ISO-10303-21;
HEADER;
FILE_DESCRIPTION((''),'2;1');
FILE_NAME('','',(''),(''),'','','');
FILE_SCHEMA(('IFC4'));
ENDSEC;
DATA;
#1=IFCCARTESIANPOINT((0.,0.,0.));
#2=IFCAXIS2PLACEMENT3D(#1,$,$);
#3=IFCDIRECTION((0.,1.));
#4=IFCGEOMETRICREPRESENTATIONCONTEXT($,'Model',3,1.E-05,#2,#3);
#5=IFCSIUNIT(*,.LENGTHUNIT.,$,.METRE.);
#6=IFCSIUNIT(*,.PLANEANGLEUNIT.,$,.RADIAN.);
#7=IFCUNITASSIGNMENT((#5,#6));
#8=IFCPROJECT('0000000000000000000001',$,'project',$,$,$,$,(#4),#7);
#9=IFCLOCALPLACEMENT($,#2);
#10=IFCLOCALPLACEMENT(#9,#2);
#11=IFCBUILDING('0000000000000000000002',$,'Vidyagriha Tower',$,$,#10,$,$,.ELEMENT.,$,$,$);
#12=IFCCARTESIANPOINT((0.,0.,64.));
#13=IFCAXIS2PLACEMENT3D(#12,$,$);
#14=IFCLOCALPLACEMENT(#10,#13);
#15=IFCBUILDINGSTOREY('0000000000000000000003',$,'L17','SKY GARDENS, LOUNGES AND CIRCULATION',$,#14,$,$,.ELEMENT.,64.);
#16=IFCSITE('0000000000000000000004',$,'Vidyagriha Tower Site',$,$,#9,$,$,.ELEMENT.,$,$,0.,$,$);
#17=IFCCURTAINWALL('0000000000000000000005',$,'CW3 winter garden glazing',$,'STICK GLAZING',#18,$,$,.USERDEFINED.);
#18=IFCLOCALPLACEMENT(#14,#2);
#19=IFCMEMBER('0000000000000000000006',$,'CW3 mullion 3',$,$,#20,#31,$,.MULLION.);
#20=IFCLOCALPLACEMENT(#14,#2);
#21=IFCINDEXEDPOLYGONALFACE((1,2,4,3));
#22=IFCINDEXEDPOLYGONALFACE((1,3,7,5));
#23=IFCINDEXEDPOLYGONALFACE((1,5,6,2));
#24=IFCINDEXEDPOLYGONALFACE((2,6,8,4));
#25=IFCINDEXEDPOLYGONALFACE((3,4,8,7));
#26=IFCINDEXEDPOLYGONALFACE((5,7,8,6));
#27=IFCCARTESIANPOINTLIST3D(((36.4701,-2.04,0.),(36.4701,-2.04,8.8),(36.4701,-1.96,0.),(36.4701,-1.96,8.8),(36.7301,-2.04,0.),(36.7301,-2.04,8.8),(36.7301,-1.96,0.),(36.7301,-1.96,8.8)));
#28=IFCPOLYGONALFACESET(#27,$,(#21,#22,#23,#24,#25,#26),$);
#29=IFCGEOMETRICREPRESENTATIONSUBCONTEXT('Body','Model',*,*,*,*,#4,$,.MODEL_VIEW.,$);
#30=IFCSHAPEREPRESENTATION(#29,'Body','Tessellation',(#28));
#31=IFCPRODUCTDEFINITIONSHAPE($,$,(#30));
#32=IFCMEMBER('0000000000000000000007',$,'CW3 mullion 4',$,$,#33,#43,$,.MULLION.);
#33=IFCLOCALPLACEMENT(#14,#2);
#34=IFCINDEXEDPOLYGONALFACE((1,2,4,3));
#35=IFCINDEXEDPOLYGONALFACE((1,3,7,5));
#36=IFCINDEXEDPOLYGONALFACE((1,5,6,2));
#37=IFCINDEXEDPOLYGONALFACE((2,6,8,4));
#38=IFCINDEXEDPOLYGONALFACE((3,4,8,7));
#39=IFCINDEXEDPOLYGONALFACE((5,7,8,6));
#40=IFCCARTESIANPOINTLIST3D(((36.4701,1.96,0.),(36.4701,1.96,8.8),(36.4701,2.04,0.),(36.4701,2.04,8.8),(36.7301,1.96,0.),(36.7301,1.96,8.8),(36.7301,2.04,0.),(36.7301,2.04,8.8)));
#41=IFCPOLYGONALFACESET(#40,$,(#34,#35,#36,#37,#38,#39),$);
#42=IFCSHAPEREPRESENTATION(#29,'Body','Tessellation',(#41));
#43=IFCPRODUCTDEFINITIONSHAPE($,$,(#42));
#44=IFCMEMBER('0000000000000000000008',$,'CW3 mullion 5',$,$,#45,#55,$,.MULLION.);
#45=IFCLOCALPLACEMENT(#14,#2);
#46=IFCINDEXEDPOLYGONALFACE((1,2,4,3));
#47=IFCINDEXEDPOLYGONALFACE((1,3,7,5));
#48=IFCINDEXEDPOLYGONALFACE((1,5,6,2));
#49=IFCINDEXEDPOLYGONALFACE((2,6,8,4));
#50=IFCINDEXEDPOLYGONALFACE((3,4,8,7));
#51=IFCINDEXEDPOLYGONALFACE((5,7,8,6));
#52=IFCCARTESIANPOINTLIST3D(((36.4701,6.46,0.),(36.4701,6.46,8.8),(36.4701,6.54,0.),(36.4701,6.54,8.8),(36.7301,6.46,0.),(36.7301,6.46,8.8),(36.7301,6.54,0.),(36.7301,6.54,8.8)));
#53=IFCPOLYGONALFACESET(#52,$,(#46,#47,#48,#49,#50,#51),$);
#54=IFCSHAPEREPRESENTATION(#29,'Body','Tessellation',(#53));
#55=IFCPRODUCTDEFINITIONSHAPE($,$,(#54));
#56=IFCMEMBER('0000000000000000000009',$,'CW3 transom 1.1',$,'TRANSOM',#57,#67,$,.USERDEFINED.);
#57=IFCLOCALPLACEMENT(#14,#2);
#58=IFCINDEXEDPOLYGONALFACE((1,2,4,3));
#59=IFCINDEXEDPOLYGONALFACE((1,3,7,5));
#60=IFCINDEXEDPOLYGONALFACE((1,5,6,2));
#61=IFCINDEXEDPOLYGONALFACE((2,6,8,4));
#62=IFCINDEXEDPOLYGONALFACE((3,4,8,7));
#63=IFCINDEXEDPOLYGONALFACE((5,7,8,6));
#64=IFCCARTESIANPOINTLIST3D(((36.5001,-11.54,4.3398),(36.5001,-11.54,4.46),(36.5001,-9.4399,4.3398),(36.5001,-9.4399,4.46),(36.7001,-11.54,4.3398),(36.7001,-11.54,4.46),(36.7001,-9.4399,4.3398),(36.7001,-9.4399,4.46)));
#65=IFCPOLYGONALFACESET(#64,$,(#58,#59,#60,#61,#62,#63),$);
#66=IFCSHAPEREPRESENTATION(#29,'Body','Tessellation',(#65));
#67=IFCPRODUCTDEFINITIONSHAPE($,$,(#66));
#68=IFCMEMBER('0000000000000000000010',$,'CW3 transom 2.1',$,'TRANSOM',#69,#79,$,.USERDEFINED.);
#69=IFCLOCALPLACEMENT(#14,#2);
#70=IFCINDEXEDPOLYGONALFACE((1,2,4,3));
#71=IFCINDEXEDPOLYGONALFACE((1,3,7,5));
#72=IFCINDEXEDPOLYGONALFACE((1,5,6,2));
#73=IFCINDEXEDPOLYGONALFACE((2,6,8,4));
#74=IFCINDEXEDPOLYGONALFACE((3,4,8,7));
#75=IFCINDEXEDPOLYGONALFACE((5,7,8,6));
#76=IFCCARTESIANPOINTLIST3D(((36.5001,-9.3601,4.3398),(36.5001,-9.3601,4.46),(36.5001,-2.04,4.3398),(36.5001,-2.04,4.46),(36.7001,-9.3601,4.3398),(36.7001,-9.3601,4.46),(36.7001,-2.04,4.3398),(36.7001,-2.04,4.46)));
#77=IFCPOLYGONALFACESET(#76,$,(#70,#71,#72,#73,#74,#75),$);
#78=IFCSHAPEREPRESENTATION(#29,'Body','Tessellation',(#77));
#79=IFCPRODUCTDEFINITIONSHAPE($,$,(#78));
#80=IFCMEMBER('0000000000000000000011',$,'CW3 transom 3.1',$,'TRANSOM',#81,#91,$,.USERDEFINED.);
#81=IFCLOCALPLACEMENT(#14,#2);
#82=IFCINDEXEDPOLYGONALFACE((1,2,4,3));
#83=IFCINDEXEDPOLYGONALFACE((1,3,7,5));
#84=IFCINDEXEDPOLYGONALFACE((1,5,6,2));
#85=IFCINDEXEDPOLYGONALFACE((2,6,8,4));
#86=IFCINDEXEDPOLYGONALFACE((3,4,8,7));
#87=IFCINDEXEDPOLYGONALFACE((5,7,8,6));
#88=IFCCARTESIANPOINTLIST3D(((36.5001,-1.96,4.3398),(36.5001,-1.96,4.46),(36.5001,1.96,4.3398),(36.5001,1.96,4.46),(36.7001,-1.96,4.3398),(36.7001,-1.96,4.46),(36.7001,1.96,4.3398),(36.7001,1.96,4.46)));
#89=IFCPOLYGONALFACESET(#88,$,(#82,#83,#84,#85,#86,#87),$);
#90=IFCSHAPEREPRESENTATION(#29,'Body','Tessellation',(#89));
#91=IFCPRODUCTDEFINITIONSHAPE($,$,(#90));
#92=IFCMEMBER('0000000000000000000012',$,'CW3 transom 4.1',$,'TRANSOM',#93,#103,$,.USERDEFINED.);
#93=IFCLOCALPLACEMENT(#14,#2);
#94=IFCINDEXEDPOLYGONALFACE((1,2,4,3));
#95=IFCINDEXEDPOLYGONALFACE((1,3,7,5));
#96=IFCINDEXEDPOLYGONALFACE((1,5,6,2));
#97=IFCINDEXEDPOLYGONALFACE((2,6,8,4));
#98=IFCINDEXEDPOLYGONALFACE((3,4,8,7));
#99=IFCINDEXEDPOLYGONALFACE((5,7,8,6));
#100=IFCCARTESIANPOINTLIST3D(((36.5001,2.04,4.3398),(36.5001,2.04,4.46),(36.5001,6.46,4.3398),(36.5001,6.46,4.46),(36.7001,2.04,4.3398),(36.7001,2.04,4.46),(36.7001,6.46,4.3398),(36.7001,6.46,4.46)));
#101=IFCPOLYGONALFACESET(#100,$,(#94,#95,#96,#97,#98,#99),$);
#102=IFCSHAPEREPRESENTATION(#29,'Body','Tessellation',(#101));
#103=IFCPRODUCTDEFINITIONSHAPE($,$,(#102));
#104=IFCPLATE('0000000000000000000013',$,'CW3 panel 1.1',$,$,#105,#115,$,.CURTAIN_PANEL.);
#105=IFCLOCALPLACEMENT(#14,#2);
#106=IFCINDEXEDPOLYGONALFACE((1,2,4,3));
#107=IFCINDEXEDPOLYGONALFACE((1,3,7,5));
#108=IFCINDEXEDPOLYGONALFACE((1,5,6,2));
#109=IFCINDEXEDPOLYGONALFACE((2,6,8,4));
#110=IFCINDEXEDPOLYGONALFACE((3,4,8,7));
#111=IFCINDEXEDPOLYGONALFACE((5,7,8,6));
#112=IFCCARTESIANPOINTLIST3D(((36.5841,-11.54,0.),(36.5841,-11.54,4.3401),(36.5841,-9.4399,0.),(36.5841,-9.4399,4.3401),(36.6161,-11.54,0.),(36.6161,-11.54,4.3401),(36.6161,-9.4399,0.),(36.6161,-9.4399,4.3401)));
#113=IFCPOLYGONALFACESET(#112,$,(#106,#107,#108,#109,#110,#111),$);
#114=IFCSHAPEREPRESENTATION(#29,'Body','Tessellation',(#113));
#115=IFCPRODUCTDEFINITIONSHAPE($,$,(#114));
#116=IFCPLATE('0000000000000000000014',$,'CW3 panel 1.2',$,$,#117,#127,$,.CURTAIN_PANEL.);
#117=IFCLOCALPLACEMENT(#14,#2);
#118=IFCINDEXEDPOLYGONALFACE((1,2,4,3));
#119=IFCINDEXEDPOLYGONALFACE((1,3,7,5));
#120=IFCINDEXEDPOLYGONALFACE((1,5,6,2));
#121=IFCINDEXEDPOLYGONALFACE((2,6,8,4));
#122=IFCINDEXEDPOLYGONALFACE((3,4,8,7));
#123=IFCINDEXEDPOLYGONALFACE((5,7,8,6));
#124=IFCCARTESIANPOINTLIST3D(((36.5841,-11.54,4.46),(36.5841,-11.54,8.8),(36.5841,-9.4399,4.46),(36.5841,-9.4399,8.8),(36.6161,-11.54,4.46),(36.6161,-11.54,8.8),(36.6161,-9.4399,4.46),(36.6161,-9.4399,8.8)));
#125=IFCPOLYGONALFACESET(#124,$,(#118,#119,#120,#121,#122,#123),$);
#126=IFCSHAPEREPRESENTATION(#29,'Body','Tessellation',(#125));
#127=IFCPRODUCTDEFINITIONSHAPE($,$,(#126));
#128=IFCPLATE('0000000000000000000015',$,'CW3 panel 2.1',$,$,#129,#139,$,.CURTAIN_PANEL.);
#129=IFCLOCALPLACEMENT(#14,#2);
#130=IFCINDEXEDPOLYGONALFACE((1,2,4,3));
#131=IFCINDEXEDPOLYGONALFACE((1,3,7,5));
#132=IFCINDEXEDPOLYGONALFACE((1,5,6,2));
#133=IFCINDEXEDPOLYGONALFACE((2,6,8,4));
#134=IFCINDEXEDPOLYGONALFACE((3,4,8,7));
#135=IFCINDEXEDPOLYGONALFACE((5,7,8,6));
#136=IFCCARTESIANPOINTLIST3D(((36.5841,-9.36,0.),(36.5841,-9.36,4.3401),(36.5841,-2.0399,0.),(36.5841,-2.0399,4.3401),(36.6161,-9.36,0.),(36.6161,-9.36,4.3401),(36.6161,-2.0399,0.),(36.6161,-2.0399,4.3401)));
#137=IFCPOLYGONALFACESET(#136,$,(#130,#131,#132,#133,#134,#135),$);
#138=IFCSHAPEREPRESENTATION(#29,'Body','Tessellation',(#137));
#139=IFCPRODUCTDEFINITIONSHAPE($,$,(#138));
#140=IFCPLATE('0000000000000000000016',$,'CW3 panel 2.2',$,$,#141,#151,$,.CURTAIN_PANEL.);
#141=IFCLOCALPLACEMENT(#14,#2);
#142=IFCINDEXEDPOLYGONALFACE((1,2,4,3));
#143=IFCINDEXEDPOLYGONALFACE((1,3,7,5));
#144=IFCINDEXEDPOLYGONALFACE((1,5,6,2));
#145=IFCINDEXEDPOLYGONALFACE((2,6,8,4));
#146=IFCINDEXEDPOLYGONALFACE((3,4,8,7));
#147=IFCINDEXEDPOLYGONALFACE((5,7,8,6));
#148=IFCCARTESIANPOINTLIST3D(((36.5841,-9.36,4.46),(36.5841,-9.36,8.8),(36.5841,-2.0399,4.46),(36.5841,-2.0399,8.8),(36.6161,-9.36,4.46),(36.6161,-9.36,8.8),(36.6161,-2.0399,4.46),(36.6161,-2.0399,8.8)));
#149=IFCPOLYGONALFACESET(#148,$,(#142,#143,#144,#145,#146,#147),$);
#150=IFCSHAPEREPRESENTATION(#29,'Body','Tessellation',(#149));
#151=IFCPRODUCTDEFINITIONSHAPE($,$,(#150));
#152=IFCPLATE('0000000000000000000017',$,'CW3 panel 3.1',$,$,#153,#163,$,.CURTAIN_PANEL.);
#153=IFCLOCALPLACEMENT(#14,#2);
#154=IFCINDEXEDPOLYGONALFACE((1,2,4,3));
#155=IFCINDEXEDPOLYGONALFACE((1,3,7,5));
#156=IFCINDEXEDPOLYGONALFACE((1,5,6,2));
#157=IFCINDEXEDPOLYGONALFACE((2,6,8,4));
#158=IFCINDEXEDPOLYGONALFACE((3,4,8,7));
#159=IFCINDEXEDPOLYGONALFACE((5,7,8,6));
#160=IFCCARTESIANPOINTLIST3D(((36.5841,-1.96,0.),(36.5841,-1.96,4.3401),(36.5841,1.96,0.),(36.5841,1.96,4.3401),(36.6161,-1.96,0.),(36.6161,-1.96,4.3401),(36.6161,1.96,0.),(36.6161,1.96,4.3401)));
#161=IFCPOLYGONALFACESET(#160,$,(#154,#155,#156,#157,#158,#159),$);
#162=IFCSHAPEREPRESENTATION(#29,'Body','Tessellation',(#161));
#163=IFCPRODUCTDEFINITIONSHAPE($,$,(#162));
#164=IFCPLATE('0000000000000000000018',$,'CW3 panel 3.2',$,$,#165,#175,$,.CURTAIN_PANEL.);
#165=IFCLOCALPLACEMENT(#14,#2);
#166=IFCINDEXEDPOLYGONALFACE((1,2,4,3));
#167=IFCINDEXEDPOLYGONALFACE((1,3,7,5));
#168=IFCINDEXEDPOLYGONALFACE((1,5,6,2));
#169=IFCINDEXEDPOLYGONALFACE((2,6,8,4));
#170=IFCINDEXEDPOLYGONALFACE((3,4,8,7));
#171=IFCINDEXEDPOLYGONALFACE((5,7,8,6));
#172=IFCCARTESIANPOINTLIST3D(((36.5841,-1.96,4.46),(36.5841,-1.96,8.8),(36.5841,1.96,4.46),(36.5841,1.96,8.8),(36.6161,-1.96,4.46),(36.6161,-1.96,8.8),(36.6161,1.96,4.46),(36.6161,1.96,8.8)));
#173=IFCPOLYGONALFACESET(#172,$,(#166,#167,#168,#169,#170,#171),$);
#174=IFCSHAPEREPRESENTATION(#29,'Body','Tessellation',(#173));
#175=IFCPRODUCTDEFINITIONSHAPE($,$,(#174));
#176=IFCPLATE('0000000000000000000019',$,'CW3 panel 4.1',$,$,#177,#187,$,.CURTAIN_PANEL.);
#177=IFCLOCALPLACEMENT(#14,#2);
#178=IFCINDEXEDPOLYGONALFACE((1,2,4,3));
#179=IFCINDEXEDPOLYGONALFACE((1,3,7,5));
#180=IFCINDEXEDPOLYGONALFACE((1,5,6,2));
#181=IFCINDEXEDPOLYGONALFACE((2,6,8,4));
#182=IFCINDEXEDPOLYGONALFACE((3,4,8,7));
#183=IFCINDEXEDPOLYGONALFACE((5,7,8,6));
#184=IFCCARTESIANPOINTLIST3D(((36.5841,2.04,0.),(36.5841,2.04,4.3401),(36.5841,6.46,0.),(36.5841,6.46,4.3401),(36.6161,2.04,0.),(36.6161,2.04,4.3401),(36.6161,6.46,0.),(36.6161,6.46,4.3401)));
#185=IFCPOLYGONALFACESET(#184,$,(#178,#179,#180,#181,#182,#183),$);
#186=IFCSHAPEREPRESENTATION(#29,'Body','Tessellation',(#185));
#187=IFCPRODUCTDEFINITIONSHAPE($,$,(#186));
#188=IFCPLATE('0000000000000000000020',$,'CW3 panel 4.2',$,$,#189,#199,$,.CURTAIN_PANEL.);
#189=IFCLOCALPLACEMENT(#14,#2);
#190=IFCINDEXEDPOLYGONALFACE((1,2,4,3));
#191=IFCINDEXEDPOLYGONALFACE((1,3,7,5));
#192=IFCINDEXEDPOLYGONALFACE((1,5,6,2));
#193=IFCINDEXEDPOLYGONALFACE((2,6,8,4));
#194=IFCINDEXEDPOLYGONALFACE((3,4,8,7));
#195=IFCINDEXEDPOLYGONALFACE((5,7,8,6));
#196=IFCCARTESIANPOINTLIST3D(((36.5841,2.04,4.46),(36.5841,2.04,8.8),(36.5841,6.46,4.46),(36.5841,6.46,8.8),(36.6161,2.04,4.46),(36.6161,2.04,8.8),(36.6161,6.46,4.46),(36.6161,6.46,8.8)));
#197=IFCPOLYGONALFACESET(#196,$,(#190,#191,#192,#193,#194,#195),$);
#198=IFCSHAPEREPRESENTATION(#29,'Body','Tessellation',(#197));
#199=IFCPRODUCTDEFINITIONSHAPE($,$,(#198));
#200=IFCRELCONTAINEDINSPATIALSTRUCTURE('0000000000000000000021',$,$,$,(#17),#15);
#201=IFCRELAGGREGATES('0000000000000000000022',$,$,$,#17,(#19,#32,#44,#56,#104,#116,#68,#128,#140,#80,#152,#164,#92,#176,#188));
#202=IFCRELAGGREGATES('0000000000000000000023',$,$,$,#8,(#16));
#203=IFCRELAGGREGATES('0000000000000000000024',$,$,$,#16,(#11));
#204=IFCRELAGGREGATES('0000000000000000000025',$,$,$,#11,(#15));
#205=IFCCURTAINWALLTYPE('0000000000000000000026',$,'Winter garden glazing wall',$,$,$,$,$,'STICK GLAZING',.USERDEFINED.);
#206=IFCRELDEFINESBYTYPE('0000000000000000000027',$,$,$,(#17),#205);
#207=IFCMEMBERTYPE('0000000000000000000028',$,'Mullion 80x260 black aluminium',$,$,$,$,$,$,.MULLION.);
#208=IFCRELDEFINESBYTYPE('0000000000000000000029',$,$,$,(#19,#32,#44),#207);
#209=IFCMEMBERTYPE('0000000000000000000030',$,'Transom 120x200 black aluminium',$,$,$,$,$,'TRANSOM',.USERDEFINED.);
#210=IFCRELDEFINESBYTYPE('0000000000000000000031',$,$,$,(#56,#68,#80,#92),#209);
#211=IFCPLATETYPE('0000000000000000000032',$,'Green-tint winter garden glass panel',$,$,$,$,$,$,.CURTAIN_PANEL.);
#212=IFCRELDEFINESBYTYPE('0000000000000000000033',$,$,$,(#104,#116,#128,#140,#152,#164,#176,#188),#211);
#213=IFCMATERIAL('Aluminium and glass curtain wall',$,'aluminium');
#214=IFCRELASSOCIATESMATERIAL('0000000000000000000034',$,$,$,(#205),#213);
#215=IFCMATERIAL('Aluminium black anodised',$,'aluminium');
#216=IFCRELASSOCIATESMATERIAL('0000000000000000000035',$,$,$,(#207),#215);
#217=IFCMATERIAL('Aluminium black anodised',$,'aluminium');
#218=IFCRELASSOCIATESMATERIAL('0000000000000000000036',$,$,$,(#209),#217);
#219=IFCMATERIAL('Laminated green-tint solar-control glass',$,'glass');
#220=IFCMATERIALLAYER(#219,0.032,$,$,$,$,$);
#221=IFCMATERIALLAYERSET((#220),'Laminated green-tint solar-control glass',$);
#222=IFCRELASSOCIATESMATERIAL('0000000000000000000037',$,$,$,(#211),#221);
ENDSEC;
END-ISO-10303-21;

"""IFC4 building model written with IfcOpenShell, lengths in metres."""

from ifc_helpers import new_model, si_unit, direction, frame, origin, origin_2d, place, context, subcontext, project, spatial, rectangle, extrude, material, layer, layer_set, material_profile, profile_set, type_object, element, aggregate, save


model = new_model("IFC4")

# Units and contexts
model_context = context("Model", 3, precision=1e-05, world=origin(), true_north=direction((0.0, 1.0)))
body_context = subcontext(model_context, "Body", "Model", "MODEL_VIEW")
ifc_project = project(units=[si_unit("LENGTHUNIT", "METRE"), si_unit("PLANEANGLEUNIT", "RADIAN")], contexts=[model_context])

# Site, building, storey
site_placement = place(None, origin())
site = spatial("IfcSite", under=ifc_project, at=site_placement, Name="Vidyagriha Tower Site", CompositionType="ELEMENT", RefElevation=0.0)
building_placement = place(site_placement, origin())
building = spatial("IfcBuilding", under=site, at=building_placement, Name="Vidyagriha Tower", CompositionType="ELEMENT")
storey_placement = place(building_placement, frame((0.0, 0.0, 64.0)))
storey = spatial("IfcBuildingStorey", under=building, at=storey_placement, Name="L17", Description="SKY GARDENS, LOUNGES AND CIRCULATION", CompositionType="ELEMENT", Elevation=64.0)

# Shared definitions
ifc_material_1 = material(Name="Aluminium and glass curtain wall", Category="aluminium")
curtain_wall_type = type_object("IfcCurtainWallType", Name="Winter garden glazing wall", ElementType="STICK GLAZING", PredefinedType="USERDEFINED", material=ifc_material_1)
ifc_material_2 = material(Name="Aluminium black anodised", Category="aluminium")
ifc_material_profile_1 = material_profile(ifc_material_2, rectangle(XDim=0.26, YDim=0.0801, at=origin_2d()), Name="Mullion 80x260 black aluminium")
ifc_profile_set_1 = profile_set([ifc_material_profile_1], Name="Aluminium black anodised")
member_type_1 = type_object("IfcMemberType", Name="Mullion 80x260 black aluminium", PredefinedType="MULLION", material=ifc_profile_set_1)

# Curtain wall, members, plates
curtain_wall_1_placement = place(storey_placement, origin())
curtain_wall_1 = element("IfcCurtainWall", 1, at=curtain_wall_1_placement, inside=storey, type_object=curtain_wall_type, Name="CW3 winter garden glazing", ObjectType="STICK GLAZING", PredefinedType="USERDEFINED")
member_1_placement = place(storey_placement, frame((36.6001, -2.0, 0.0), z_axis=(0.0, 0.0, 1.0), x_axis=(-1.0, 0.0, 0.0)))
member_1 = element("IfcMember", 2, at=member_1_placement, type_object=member_type_1, Name="CW3 mullion 3", PredefinedType="MULLION", context=body_context, shape_type="SweptSolid", body=[
    extrude(rectangle(XDim=0.26, YDim=0.0801, at=origin_2d()), origin(), (0.0, 0.0, 1.0), 8.8),
])
member_2_placement = place(storey_placement, frame((36.6001, 2.0, 0.0), z_axis=(0.0, 0.0, 1.0), x_axis=(-1.0, 0.0, 0.0)))
member_2 = element("IfcMember", 3, at=member_2_placement, type_object=member_type_1, Name="CW3 mullion 4", PredefinedType="MULLION", context=body_context, shape_type="SweptSolid", body=[
    extrude(rectangle(XDim=0.26, YDim=0.0801, at=origin_2d()), origin(), (0.0, 0.0, 1.0), 8.8),
])
member_3_placement = place(storey_placement, frame((36.6001, 6.5, 0.0), z_axis=(0.0, 0.0, 1.0), x_axis=(-1.0, 0.0, 0.0)))
member_3 = element("IfcMember", 4, at=member_3_placement, type_object=member_type_1, Name="CW3 mullion 5", PredefinedType="MULLION", context=body_context, shape_type="SweptSolid", body=[
    extrude(rectangle(XDim=0.26, YDim=0.0801, at=origin_2d()), origin(), (0.0, 0.0, 1.0), 8.8),
])
ifc_material_3 = material(Name="Aluminium black anodised", Category="aluminium")
ifc_material_profile_2 = material_profile(ifc_material_3, rectangle(XDim=0.2, YDim=0.1201, at=origin_2d()), Name="Transom 120x200 black aluminium")
ifc_profile_set_2 = profile_set([ifc_material_profile_2], Name="Aluminium black anodised")
member_type_2 = type_object("IfcMemberType", Name="Transom 120x200 black aluminium", ElementType="TRANSOM", PredefinedType="USERDEFINED", material=ifc_profile_set_2)
member_4_placement = place(storey_placement, frame((36.6001, -11.54, 4.3999), z_axis=(0.0, 1.0, 0.0), x_axis=(-1.0, 0.0, 0.0)))
member_4 = element("IfcMember", 5, at=member_4_placement, type_object=member_type_2, Name="CW3 transom 1.1", ObjectType="TRANSOM", PredefinedType="USERDEFINED", context=body_context, shape_type="SweptSolid", body=[
    extrude(rectangle(XDim=0.2, YDim=0.1201, at=origin_2d()), origin(), (0.0, 0.0, 1.0), 2.1001),
])
member_5_placement = place(storey_placement, frame((36.6001, -9.3601, 4.3999), z_axis=(0.0, 1.0, 0.0), x_axis=(-1.0, 0.0, 0.0)))
member_5 = element("IfcMember", 6, at=member_5_placement, type_object=member_type_2, Name="CW3 transom 2.1", ObjectType="TRANSOM", PredefinedType="USERDEFINED", context=body_context, shape_type="SweptSolid", body=[
    extrude(rectangle(XDim=0.2, YDim=0.1201, at=origin_2d()), origin(), (0.0, 0.0, 1.0), 7.3201),
])
member_6_placement = place(storey_placement, frame((36.6001, -1.96, 4.3999), z_axis=(0.0, 1.0, 0.0), x_axis=(-1.0, 0.0, 0.0)))
member_6 = element("IfcMember", 7, at=member_6_placement, type_object=member_type_2, Name="CW3 transom 3.1", ObjectType="TRANSOM", PredefinedType="USERDEFINED", context=body_context, shape_type="SweptSolid", body=[
    extrude(rectangle(XDim=0.2, YDim=0.1201, at=origin_2d()), origin(), (0.0, 0.0, 1.0), 3.9199),
])
member_7_placement = place(storey_placement, frame((36.6001, 2.04, 4.3999), z_axis=(0.0, 1.0, 0.0), x_axis=(-1.0, 0.0, 0.0)))
member_7 = element("IfcMember", 8, at=member_7_placement, type_object=member_type_2, Name="CW3 transom 4.1", ObjectType="TRANSOM", PredefinedType="USERDEFINED", context=body_context, shape_type="SweptSolid", body=[
    extrude(rectangle(XDim=0.2, YDim=0.1201, at=origin_2d()), origin(), (0.0, 0.0, 1.0), 4.4199),
])
ifc_material_4 = material(Name="Laminated green-tint solar-control glass", Category="glass")
ifc_layer_1 = layer(ifc_material_4, 0.032)
ifc_layer_set_1 = layer_set([ifc_layer_1], Name="Laminated green-tint solar-control glass")
plate_type = type_object("IfcPlateType", Name="Green-tint winter garden glass panel", PredefinedType="CURTAIN_PANEL", material=ifc_layer_set_1)
plate_1_placement = place(storey_placement, frame((36.6001, -10.49, 0.0), z_axis=(0.0, 0.0, 1.0), x_axis=(0.0, 1.0, 0.0)))
plate_1 = element("IfcPlate", 9, at=plate_1_placement, type_object=plate_type, Name="CW3 panel 1.1", PredefinedType="CURTAIN_PANEL", context=body_context, shape_type="SweptSolid", body=[
    extrude(rectangle(XDim=2.1001, YDim=0.032, at=origin_2d()), origin(), (0.0, 0.0, 1.0), 4.3401),
])
plate_2_placement = place(storey_placement, frame((36.6001, -10.49, 4.46), z_axis=(0.0, 0.0, 1.0), x_axis=(0.0, 1.0, 0.0)))
plate_2 = element("IfcPlate", 10, at=plate_2_placement, type_object=plate_type, Name="CW3 panel 1.2", PredefinedType="CURTAIN_PANEL", context=body_context, shape_type="SweptSolid", body=[
    extrude(rectangle(XDim=2.1001, YDim=0.032, at=origin_2d()), origin(), (0.0, 0.0, 1.0), 4.3401),
])
plate_3_placement = place(storey_placement, frame((36.6001, -5.7, 0.0), z_axis=(0.0, 0.0, 1.0), x_axis=(0.0, 1.0, 0.0)))
plate_3 = element("IfcPlate", 11, at=plate_3_placement, type_object=plate_type, Name="CW3 panel 2.1", PredefinedType="CURTAIN_PANEL", context=body_context, shape_type="SweptSolid", body=[
    extrude(rectangle(XDim=7.3201, YDim=0.032, at=origin_2d()), origin(), (0.0, 0.0, 1.0), 4.3401),
])
plate_4_placement = place(storey_placement, frame((36.6001, -5.7, 4.46), z_axis=(0.0, 0.0, 1.0), x_axis=(0.0, 1.0, 0.0)))
plate_4 = element("IfcPlate", 12, at=plate_4_placement, type_object=plate_type, Name="CW3 panel 2.2", PredefinedType="CURTAIN_PANEL", context=body_context, shape_type="SweptSolid", body=[
    extrude(rectangle(XDim=7.3201, YDim=0.032, at=origin_2d()), origin(), (0.0, 0.0, 1.0), 4.3401),
])
plate_5_placement = place(storey_placement, frame((36.6001, 0.0, 0.0), z_axis=(0.0, 0.0, 1.0), x_axis=(0.0, 1.0, 0.0)))
plate_5 = element("IfcPlate", 13, at=plate_5_placement, type_object=plate_type, Name="CW3 panel 3.1", PredefinedType="CURTAIN_PANEL", context=body_context, shape_type="SweptSolid", body=[
    extrude(rectangle(XDim=3.9199, YDim=0.032, at=origin_2d()), origin(), (0.0, 0.0, 1.0), 4.3401),
])
plate_6_placement = place(storey_placement, frame((36.6001, 0.0, 4.46), z_axis=(0.0, 0.0, 1.0), x_axis=(0.0, 1.0, 0.0)))
plate_6 = element("IfcPlate", 14, at=plate_6_placement, type_object=plate_type, Name="CW3 panel 3.2", PredefinedType="CURTAIN_PANEL", context=body_context, shape_type="SweptSolid", body=[
    extrude(rectangle(XDim=3.9199, YDim=0.032, at=origin_2d()), origin(), (0.0, 0.0, 1.0), 4.3401),
])
plate_7_placement = place(storey_placement, frame((36.6001, 4.25, 0.0), z_axis=(0.0, 0.0, 1.0), x_axis=(0.0, 1.0, 0.0)))
plate_7 = element("IfcPlate", 15, at=plate_7_placement, type_object=plate_type, Name="CW3 panel 4.1", PredefinedType="CURTAIN_PANEL", context=body_context, shape_type="SweptSolid", body=[
    extrude(rectangle(XDim=4.4199, YDim=0.032, at=origin_2d()), origin(), (0.0, 0.0, 1.0), 4.3401),
])
plate_8_placement = place(storey_placement, frame((36.6001, 4.25, 4.46), z_axis=(0.0, 0.0, 1.0), x_axis=(0.0, 1.0, 0.0)))
plate_8 = element("IfcPlate", 16, at=plate_8_placement, type_object=plate_type, Name="CW3 panel 4.2", PredefinedType="CURTAIN_PANEL", context=body_context, shape_type="SweptSolid", body=[
    extrude(rectangle(XDim=4.4199, YDim=0.032, at=origin_2d()), origin(), (0.0, 0.0, 1.0), 4.3401),
])
aggregate(curtain_wall_1, [member_1, member_2, member_3, member_4, plate_1, plate_2, member_5, plate_3, plate_4, member_6, plate_5, plate_6, member_7, plate_7, plate_8])

save(model, "model.ifc")
